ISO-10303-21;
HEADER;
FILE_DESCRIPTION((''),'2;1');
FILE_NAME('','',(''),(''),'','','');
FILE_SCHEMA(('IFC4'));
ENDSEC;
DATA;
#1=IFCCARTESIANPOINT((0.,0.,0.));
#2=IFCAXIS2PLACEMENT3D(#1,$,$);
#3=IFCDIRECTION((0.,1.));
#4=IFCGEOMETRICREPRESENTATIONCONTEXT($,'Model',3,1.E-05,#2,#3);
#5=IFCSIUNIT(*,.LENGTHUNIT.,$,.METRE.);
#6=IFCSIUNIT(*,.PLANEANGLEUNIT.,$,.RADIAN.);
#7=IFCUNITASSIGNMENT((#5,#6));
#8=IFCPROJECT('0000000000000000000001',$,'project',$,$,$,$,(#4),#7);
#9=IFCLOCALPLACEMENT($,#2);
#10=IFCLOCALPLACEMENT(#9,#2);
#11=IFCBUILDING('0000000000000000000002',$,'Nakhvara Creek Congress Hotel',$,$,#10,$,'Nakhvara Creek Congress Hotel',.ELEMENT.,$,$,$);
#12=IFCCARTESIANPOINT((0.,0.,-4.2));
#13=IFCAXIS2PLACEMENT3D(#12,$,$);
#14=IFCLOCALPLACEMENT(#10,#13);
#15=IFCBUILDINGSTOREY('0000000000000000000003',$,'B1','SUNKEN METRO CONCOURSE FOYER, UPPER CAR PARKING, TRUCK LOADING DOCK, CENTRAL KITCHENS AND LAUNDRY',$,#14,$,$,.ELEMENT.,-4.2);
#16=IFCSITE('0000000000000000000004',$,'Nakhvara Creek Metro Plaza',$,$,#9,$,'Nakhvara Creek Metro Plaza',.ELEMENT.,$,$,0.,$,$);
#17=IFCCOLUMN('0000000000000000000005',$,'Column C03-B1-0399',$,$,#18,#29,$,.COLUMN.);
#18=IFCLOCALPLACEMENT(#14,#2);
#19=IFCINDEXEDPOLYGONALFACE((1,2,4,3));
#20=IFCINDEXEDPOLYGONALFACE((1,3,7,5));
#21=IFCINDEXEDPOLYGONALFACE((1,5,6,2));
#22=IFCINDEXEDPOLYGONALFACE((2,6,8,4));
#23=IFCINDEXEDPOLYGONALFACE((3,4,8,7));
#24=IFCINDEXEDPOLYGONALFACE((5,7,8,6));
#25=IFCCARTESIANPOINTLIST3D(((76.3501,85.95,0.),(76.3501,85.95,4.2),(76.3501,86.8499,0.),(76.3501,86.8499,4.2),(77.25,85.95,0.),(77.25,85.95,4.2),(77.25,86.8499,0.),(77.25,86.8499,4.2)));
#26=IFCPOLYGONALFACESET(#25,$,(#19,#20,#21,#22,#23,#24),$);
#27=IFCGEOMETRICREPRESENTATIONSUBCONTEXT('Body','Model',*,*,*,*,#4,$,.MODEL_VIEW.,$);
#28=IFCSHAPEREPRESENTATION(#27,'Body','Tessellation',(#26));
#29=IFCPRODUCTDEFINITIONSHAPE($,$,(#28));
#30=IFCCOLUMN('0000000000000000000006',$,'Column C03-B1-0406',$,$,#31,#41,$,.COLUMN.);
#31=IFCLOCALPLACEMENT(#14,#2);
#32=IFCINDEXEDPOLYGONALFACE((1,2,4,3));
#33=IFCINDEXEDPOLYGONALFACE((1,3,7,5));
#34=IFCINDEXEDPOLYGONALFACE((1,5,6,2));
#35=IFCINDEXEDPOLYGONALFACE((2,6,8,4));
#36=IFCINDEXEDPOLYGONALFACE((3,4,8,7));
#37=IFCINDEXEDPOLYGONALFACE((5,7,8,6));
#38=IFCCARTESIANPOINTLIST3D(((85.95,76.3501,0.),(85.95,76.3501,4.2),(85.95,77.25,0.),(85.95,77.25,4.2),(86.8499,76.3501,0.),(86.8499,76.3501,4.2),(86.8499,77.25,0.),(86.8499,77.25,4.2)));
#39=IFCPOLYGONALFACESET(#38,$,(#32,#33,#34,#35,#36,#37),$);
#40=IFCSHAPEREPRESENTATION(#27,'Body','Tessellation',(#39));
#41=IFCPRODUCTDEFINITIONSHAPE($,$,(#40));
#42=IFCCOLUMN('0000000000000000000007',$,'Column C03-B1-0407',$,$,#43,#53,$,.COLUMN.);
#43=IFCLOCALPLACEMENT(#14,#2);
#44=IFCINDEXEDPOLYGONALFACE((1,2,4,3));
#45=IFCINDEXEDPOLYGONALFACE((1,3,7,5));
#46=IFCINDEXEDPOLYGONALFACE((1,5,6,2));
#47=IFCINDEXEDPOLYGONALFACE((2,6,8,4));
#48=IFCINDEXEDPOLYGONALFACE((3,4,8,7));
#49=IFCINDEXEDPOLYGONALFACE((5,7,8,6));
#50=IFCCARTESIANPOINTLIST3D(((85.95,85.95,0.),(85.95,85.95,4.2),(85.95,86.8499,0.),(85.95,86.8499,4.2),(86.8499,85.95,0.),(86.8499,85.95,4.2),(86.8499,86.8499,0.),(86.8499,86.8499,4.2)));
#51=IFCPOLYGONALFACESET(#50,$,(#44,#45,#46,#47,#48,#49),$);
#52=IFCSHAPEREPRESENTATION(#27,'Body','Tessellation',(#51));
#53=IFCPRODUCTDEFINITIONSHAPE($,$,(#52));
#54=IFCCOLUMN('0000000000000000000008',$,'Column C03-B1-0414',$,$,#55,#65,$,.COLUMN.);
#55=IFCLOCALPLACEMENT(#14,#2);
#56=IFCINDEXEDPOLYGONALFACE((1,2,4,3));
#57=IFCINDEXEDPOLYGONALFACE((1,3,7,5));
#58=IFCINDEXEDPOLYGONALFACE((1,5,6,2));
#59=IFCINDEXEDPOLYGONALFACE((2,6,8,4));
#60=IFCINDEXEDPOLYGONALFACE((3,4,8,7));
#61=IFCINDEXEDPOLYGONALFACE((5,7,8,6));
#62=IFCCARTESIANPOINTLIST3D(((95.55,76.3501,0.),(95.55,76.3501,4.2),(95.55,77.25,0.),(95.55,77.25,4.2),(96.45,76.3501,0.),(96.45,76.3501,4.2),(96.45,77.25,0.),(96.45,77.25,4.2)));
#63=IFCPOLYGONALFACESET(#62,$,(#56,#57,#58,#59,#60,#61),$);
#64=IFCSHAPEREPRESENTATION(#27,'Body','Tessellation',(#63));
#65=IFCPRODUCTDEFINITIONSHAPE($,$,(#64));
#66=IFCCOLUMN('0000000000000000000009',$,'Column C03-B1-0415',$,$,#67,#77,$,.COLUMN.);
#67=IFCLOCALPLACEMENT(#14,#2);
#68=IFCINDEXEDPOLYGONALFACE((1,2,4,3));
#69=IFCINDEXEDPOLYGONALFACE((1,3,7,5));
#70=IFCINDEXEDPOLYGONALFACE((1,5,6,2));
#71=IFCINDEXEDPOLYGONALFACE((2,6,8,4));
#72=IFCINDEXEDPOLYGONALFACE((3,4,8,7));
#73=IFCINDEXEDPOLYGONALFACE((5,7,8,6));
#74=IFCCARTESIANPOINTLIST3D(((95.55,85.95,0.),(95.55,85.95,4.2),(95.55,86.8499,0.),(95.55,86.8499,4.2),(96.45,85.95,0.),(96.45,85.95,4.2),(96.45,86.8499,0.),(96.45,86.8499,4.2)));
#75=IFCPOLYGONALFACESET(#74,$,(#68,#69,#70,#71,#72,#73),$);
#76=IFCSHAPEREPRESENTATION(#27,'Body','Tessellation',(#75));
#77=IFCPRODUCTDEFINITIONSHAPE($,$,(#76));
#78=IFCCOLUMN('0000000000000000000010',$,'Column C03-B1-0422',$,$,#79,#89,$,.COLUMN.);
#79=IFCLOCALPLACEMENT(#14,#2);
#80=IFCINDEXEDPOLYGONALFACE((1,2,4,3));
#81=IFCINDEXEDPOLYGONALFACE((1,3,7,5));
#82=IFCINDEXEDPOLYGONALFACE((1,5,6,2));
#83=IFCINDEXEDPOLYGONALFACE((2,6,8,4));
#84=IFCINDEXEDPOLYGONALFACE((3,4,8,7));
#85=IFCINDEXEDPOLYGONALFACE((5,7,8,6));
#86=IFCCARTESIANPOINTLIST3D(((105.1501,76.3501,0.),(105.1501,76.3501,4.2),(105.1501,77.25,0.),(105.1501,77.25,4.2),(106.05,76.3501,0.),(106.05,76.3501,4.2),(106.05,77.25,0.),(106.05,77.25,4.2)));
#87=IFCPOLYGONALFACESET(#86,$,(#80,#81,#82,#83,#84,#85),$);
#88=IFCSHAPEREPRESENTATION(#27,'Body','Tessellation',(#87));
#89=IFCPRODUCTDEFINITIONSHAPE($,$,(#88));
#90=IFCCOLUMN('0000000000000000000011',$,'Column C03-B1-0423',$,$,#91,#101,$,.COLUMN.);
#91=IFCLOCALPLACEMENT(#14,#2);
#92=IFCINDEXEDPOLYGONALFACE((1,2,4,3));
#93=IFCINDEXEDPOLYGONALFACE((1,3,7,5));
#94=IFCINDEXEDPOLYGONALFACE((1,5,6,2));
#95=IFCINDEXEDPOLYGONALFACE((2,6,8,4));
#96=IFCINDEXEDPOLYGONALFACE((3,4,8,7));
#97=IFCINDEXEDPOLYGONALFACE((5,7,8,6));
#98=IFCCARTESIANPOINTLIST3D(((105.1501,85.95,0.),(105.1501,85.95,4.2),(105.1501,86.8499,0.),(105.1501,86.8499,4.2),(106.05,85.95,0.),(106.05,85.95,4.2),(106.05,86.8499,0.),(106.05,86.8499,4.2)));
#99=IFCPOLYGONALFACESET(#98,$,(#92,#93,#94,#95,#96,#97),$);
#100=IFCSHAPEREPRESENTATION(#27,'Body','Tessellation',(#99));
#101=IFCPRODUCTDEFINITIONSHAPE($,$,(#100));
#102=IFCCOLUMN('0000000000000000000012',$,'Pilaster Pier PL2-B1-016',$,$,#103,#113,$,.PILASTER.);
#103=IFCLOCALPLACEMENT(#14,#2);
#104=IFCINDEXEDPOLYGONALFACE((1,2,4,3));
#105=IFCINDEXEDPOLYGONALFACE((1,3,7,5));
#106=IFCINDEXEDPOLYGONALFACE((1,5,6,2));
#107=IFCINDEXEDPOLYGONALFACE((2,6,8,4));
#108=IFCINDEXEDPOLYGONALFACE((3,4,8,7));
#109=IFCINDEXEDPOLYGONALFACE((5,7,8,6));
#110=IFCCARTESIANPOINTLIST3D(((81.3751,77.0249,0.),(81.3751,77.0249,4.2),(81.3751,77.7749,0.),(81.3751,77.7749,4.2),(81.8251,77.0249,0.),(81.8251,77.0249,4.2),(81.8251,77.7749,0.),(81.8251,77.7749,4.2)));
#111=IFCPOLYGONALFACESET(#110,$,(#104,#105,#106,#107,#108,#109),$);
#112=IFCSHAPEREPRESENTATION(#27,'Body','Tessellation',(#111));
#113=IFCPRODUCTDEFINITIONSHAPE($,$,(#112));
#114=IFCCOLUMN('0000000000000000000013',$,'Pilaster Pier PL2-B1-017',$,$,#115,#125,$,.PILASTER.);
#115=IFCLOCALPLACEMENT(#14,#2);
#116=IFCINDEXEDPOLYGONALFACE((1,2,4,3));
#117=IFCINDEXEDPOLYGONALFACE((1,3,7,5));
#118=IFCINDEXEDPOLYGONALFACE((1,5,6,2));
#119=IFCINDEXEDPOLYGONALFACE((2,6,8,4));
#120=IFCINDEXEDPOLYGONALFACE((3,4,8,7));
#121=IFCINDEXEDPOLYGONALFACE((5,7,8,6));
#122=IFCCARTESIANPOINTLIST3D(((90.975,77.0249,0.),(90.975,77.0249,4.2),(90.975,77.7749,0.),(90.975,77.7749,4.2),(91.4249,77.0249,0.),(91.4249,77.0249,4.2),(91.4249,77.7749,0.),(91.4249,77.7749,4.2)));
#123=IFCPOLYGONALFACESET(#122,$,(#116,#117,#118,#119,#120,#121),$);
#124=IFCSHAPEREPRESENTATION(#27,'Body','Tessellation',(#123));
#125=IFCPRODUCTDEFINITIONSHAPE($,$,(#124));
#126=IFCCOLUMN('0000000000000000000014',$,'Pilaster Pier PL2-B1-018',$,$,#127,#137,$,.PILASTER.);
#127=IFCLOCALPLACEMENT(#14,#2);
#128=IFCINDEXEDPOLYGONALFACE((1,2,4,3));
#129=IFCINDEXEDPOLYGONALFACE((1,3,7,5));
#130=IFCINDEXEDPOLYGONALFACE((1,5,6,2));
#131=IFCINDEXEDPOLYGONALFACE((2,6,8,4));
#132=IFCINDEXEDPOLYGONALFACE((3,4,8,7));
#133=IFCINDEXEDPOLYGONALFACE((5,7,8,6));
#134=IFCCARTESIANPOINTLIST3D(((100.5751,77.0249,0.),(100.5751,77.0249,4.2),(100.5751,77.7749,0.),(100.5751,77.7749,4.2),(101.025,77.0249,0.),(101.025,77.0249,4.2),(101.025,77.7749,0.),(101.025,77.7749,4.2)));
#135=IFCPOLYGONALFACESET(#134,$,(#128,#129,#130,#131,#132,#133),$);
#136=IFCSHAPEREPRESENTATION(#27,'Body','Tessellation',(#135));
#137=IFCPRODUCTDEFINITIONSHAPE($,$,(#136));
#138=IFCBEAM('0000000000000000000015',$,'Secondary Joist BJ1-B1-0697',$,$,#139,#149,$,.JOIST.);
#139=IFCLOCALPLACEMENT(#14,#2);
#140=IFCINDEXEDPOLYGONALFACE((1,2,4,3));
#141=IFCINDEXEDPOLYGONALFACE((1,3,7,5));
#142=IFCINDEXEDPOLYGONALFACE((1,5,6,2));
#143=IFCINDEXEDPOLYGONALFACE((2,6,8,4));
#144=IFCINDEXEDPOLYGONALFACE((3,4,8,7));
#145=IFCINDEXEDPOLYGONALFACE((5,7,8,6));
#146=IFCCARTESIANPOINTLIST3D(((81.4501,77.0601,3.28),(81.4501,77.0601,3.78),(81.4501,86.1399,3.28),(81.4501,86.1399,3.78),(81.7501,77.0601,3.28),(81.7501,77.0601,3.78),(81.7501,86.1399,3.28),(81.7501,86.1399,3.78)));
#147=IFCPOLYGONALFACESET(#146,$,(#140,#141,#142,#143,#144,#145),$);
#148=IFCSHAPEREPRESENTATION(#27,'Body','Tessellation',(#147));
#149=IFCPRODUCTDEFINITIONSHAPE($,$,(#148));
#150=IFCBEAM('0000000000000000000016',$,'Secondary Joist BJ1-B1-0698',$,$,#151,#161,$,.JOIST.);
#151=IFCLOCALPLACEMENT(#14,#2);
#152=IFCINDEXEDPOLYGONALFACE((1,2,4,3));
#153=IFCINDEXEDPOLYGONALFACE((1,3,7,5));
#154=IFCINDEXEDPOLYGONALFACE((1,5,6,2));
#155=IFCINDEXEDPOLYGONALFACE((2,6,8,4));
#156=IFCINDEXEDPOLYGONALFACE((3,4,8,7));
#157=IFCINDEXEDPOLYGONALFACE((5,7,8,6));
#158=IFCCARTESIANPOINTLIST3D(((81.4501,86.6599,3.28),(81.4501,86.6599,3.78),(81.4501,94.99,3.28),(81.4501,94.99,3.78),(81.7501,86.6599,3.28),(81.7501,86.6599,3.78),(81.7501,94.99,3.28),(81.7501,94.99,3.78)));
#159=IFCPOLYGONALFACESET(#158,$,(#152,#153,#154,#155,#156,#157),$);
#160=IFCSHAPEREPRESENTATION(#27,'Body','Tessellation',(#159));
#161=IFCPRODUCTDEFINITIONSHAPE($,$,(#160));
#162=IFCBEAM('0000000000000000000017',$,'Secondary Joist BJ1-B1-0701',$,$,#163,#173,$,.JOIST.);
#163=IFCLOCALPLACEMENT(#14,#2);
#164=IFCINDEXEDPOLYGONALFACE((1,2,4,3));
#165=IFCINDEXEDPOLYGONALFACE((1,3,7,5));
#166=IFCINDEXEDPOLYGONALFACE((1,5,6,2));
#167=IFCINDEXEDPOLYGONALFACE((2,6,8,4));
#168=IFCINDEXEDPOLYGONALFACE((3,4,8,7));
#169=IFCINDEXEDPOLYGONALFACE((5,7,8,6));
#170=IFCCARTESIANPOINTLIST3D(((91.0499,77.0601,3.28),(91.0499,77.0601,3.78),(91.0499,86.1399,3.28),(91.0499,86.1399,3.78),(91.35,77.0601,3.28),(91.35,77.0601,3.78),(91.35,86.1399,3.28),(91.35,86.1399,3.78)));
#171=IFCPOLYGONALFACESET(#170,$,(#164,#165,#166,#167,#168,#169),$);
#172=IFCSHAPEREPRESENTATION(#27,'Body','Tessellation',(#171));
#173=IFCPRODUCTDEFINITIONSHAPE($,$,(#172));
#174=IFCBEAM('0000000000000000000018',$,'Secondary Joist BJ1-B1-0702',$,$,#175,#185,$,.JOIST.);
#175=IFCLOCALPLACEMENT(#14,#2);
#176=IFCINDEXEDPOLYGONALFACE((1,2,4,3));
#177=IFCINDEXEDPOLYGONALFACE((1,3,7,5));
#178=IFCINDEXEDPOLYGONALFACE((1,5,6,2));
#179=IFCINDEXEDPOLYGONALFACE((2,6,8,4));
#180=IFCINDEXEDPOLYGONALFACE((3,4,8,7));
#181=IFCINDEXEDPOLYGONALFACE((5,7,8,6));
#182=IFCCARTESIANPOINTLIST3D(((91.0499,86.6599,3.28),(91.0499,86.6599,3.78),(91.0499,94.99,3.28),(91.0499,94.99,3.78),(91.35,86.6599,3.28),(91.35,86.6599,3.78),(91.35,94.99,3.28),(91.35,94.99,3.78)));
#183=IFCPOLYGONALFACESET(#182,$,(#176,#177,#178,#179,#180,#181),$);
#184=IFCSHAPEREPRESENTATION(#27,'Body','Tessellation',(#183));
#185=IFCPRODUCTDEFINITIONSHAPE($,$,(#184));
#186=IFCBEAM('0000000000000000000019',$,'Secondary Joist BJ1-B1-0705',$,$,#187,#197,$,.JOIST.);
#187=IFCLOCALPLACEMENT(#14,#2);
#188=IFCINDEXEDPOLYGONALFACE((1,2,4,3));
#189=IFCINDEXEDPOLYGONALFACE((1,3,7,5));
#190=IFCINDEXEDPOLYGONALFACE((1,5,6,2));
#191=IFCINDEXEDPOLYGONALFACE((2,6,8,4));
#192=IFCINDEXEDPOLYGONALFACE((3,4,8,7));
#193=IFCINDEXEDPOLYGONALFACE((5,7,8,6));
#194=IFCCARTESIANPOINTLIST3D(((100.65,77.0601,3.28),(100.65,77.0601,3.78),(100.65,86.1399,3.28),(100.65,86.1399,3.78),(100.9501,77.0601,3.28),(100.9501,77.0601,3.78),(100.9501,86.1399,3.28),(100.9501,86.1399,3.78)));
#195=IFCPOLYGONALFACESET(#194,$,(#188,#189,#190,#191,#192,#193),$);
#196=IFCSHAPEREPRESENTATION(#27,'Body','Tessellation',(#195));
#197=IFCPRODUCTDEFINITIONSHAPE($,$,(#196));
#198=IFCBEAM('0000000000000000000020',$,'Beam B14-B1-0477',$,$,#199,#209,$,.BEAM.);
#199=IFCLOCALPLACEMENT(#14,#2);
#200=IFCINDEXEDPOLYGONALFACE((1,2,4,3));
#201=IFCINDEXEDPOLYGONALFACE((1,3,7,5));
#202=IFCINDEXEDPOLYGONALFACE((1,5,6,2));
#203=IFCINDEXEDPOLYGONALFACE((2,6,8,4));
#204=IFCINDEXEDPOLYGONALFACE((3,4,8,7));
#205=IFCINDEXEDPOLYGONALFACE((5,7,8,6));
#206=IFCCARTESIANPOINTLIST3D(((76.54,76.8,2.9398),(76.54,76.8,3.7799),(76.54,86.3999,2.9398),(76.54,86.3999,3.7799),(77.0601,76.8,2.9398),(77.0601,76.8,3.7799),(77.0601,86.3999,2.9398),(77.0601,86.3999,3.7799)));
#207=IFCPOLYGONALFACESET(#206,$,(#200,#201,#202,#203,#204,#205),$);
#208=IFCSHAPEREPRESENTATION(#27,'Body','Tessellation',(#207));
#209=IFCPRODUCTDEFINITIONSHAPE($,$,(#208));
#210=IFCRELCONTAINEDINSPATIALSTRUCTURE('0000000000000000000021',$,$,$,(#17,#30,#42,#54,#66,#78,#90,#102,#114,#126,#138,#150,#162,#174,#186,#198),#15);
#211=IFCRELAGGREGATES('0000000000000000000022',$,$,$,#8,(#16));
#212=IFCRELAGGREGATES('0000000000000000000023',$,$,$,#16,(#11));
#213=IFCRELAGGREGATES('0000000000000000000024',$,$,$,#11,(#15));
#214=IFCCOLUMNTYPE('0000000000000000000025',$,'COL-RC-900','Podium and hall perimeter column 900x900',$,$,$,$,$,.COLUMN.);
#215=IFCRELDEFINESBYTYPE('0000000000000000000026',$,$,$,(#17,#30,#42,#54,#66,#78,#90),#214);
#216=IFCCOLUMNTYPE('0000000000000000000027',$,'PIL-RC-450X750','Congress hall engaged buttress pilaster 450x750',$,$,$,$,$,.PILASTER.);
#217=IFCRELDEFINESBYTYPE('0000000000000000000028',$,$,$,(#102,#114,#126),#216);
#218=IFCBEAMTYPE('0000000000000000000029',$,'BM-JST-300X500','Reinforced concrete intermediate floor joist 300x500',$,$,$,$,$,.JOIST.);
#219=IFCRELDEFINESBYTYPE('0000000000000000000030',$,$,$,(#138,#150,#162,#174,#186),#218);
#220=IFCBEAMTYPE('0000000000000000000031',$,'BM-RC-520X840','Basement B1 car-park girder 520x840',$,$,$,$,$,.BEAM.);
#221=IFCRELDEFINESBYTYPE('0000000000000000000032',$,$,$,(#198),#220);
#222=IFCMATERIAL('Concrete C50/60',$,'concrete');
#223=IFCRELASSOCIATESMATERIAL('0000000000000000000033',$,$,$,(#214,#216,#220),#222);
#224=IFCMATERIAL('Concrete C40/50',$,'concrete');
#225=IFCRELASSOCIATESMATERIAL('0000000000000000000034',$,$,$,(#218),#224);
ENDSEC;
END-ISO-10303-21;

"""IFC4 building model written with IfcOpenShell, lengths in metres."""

from ifc_helpers import new_model, si_unit, direction, frame, origin, origin_2d, place, context, subcontext, project, spatial, rectangle, extrude, material, material_profile, profile_set, type_object, element, save


model = new_model("IFC4")

# Units and contexts
model_context = context("Model", 3, precision=1e-05, world=origin(), true_north=direction((0.0, 1.0)))
body_context = subcontext(model_context, "Body", "Model", "MODEL_VIEW")
ifc_project = project(units=[si_unit("LENGTHUNIT", "METRE"), si_unit("PLANEANGLEUNIT", "RADIAN")], contexts=[model_context])

# Site, building, storey
site_placement = place(None, origin())
site = spatial("IfcSite", under=ifc_project, at=site_placement, Name="Nakhvara Creek Metro Plaza", LongName="Nakhvara Creek Metro Plaza", CompositionType="ELEMENT", RefElevation=0.0)
building_placement = place(site_placement, origin())
building = spatial("IfcBuilding", under=site, at=building_placement, Name="Nakhvara Creek Congress Hotel", LongName="Nakhvara Creek Congress Hotel", CompositionType="ELEMENT")
storey_placement = place(building_placement, frame((0.0, 0.0, -4.2)))
storey = spatial("IfcBuildingStorey", under=building, at=storey_placement, Name="B1", Description="SUNKEN METRO CONCOURSE FOYER, UPPER CAR PARKING, TRUCK LOADING DOCK, CENTRAL KITCHENS AND LAUNDRY", CompositionType="ELEMENT", Elevation=-4.2)

# Columns
ifc_material_1 = material(Name="Concrete C50/60", Category="concrete")
ifc_material_profile_1 = material_profile(ifc_material_1, rectangle(XDim=0.8999, YDim=0.8999, at=origin_2d()), Name="RC-COL 900x900", Category="LoadBearing")
ifc_profile_set_1 = profile_set([ifc_material_profile_1], Name="Concrete C50/60")
column_type_1 = type_object("IfcColumnType", Name="COL-RC-900", Description="Podium and hall perimeter column 900x900", PredefinedType="COLUMN", material=ifc_profile_set_1)
for number, where, z_axis, x_axis, name in (
    (1, (76.8, 86.3999, 0.0), (0.0, 0.0, 1.0), (1.0, 0.0, 0.0), "Column C03-B1-0399"),
    (2, (86.3999, 76.8, 0.0), (0.0, 0.0, 1.0), (1.0, 0.0, 0.0), "Column C03-B1-0406"),
    (3, (86.3999, 86.3999, 0.0), (0.0, 0.0, 1.0), (1.0, 0.0, 0.0), "Column C03-B1-0407"),
    (4, (96.0, 76.8, 0.0), (0.0, 0.0, 1.0), (1.0, 0.0, 0.0), "Column C03-B1-0414"),
    (5, (96.0, 86.3999, 0.0), (0.0, 0.0, 1.0), (1.0, 0.0, 0.0), "Column C03-B1-0415"),
    (6, (105.6001, 76.8, 0.0), (0.0, 0.0, 1.0), (1.0, 0.0, 0.0), "Column C03-B1-0422"),
    (7, (105.6001, 86.3999, 0.0), (0.0, 0.0, 1.0), (1.0, 0.0, 0.0), "Column C03-B1-0423"),
):
    element("IfcColumn", number, at=place(storey_placement, frame(where, z_axis=z_axis, x_axis=x_axis)), inside=storey, type_object=column_type_1, Name=name, PredefinedType="COLUMN", context=body_context, shape_type="SweptSolid", body=[
        extrude(rectangle(XDim=0.8999, YDim=0.8999, at=origin_2d()), origin(), (0.0, 0.0, 1.0), 4.2),
    ])
ifc_material_profile_2 = material_profile(ifc_material_1, rectangle(XDim=0.45, YDim=0.75, at=origin_2d()), Name="RC-PIL 450x750", Category="LoadBearing")
ifc_profile_set_2 = profile_set([ifc_material_profile_2], Name="Concrete C50/60")
column_type_2 = type_object("IfcColumnType", Name="PIL-RC-450X750", Description="Congress hall engaged buttress pilaster 450x750", PredefinedType="PILASTER", material=ifc_profile_set_2)
for number, where, z_axis, x_axis, name in (
    (8, (81.6001, 77.3999, 0.0), (0.0, 0.0, 1.0), (1.0, 0.0, 0.0), "Pilaster Pier PL2-B1-016"),
    (9, (91.2, 77.3999, 0.0), (0.0, 0.0, 1.0), (1.0, 0.0, 0.0), "Pilaster Pier PL2-B1-017"),
    (10, (100.8, 77.3999, 0.0), (0.0, 0.0, 1.0), (1.0, 0.0, 0.0), "Pilaster Pier PL2-B1-018"),
):
    element("IfcColumn", number, at=place(storey_placement, frame(where, z_axis=z_axis, x_axis=x_axis)), inside=storey, type_object=column_type_2, Name=name, PredefinedType="PILASTER", context=body_context, shape_type="SweptSolid", body=[
        extrude(rectangle(XDim=0.45, YDim=0.75, at=origin_2d()), origin(), (0.0, 0.0, 1.0), 4.2),
    ])

# Beams
ifc_material_2 = material(Name="Concrete C40/50", Category="concrete")
ifc_material_profile_3 = material_profile(ifc_material_2, rectangle(XDim=0.3, YDim=0.5, at=origin_2d()), Name="RC-BM 300x500", Category="LoadBearing")
ifc_profile_set_3 = profile_set([ifc_material_profile_3], Name="Concrete C40/50")
beam_type_1 = type_object("IfcBeamType", Name="BM-JST-300X500", Description="Reinforced concrete intermediate floor joist 300x500", PredefinedType="JOIST", material=ifc_profile_set_3)
beam_1_placement = place(storey_placement, frame((81.6001, 77.0601, 3.53), z_axis=(0.0, 1.0, 0.0), x_axis=(-1.0, 0.0, 0.0)))
element("IfcBeam", 11, at=beam_1_placement, inside=storey, type_object=beam_type_1, Name="Secondary Joist BJ1-B1-0697", PredefinedType="JOIST", context=body_context, shape_type="SweptSolid", body=[
    extrude(rectangle(XDim=0.3, YDim=0.5, at=origin_2d()), origin(), (0.0, 0.0, 1.0), 9.0798),
])
beam_2_placement = place(storey_placement, frame((81.6001, 86.6599, 3.53), z_axis=(0.0, 1.0, 0.0), x_axis=(-1.0, 0.0, 0.0)))
element("IfcBeam", 12, at=beam_2_placement, inside=storey, type_object=beam_type_1, Name="Secondary Joist BJ1-B1-0698", PredefinedType="JOIST", context=body_context, shape_type="SweptSolid", body=[
    extrude(rectangle(XDim=0.3, YDim=0.5, at=origin_2d()), origin(), (0.0, 0.0, 1.0), 8.3301),
])
beam_3_placement = place(storey_placement, frame((91.2, 77.0601, 3.53), z_axis=(0.0, 1.0, 0.0), x_axis=(-1.0, 0.0, 0.0)))
element("IfcBeam", 13, at=beam_3_placement, inside=storey, type_object=beam_type_1, Name="Secondary Joist BJ1-B1-0701", PredefinedType="JOIST", context=body_context, shape_type="SweptSolid", body=[
    extrude(rectangle(XDim=0.3, YDim=0.5, at=origin_2d()), origin(), (0.0, 0.0, 1.0), 9.0798),
])
beam_4_placement = place(storey_placement, frame((91.2, 86.6599, 3.53), z_axis=(0.0, 1.0, 0.0), x_axis=(-1.0, 0.0, 0.0)))
element("IfcBeam", 14, at=beam_4_placement, inside=storey, type_object=beam_type_1, Name="Secondary Joist BJ1-B1-0702", PredefinedType="JOIST", context=body_context, shape_type="SweptSolid", body=[
    extrude(rectangle(XDim=0.3, YDim=0.5, at=origin_2d()), origin(), (0.0, 0.0, 1.0), 8.3301),
])
beam_5_placement = place(storey_placement, frame((100.8, 77.0601, 3.53), z_axis=(0.0, 1.0, 0.0), x_axis=(-1.0, 0.0, 0.0)))
element("IfcBeam", 15, at=beam_5_placement, inside=storey, type_object=beam_type_1, Name="Secondary Joist BJ1-B1-0705", PredefinedType="JOIST", context=body_context, shape_type="SweptSolid", body=[
    extrude(rectangle(XDim=0.3, YDim=0.5, at=origin_2d()), origin(), (0.0, 0.0, 1.0), 9.0798),
])
ifc_material_profile_4 = material_profile(ifc_material_1, rectangle(XDim=0.52, YDim=0.8401, at=origin_2d()), Name="RC-BM 520x840", Category="LoadBearing")
ifc_profile_set_4 = profile_set([ifc_material_profile_4], Name="Concrete C50/60")
beam_type_2 = type_object("IfcBeamType", Name="BM-RC-520X840", Description="Basement B1 car-park girder 520x840", PredefinedType="BEAM", material=ifc_profile_set_4)
for number, where, z_axis, x_axis, name in (
    (16, (76.8, 76.8, 3.3599), (0.0, 1.0, 0.0), (-1.0, 0.0, 0.0), "Beam B14-B1-0477"),
):
    element("IfcBeam", number, at=place(storey_placement, frame(where, z_axis=z_axis, x_axis=x_axis)), inside=storey, type_object=beam_type_2, Name=name, PredefinedType="BEAM", context=body_context, shape_type="SweptSolid", body=[
        extrude(rectangle(XDim=0.52, YDim=0.8401, at=origin_2d()), origin(), (0.0, 0.0, 1.0), 9.5999),
    ])

save(model, "model.ifc")
